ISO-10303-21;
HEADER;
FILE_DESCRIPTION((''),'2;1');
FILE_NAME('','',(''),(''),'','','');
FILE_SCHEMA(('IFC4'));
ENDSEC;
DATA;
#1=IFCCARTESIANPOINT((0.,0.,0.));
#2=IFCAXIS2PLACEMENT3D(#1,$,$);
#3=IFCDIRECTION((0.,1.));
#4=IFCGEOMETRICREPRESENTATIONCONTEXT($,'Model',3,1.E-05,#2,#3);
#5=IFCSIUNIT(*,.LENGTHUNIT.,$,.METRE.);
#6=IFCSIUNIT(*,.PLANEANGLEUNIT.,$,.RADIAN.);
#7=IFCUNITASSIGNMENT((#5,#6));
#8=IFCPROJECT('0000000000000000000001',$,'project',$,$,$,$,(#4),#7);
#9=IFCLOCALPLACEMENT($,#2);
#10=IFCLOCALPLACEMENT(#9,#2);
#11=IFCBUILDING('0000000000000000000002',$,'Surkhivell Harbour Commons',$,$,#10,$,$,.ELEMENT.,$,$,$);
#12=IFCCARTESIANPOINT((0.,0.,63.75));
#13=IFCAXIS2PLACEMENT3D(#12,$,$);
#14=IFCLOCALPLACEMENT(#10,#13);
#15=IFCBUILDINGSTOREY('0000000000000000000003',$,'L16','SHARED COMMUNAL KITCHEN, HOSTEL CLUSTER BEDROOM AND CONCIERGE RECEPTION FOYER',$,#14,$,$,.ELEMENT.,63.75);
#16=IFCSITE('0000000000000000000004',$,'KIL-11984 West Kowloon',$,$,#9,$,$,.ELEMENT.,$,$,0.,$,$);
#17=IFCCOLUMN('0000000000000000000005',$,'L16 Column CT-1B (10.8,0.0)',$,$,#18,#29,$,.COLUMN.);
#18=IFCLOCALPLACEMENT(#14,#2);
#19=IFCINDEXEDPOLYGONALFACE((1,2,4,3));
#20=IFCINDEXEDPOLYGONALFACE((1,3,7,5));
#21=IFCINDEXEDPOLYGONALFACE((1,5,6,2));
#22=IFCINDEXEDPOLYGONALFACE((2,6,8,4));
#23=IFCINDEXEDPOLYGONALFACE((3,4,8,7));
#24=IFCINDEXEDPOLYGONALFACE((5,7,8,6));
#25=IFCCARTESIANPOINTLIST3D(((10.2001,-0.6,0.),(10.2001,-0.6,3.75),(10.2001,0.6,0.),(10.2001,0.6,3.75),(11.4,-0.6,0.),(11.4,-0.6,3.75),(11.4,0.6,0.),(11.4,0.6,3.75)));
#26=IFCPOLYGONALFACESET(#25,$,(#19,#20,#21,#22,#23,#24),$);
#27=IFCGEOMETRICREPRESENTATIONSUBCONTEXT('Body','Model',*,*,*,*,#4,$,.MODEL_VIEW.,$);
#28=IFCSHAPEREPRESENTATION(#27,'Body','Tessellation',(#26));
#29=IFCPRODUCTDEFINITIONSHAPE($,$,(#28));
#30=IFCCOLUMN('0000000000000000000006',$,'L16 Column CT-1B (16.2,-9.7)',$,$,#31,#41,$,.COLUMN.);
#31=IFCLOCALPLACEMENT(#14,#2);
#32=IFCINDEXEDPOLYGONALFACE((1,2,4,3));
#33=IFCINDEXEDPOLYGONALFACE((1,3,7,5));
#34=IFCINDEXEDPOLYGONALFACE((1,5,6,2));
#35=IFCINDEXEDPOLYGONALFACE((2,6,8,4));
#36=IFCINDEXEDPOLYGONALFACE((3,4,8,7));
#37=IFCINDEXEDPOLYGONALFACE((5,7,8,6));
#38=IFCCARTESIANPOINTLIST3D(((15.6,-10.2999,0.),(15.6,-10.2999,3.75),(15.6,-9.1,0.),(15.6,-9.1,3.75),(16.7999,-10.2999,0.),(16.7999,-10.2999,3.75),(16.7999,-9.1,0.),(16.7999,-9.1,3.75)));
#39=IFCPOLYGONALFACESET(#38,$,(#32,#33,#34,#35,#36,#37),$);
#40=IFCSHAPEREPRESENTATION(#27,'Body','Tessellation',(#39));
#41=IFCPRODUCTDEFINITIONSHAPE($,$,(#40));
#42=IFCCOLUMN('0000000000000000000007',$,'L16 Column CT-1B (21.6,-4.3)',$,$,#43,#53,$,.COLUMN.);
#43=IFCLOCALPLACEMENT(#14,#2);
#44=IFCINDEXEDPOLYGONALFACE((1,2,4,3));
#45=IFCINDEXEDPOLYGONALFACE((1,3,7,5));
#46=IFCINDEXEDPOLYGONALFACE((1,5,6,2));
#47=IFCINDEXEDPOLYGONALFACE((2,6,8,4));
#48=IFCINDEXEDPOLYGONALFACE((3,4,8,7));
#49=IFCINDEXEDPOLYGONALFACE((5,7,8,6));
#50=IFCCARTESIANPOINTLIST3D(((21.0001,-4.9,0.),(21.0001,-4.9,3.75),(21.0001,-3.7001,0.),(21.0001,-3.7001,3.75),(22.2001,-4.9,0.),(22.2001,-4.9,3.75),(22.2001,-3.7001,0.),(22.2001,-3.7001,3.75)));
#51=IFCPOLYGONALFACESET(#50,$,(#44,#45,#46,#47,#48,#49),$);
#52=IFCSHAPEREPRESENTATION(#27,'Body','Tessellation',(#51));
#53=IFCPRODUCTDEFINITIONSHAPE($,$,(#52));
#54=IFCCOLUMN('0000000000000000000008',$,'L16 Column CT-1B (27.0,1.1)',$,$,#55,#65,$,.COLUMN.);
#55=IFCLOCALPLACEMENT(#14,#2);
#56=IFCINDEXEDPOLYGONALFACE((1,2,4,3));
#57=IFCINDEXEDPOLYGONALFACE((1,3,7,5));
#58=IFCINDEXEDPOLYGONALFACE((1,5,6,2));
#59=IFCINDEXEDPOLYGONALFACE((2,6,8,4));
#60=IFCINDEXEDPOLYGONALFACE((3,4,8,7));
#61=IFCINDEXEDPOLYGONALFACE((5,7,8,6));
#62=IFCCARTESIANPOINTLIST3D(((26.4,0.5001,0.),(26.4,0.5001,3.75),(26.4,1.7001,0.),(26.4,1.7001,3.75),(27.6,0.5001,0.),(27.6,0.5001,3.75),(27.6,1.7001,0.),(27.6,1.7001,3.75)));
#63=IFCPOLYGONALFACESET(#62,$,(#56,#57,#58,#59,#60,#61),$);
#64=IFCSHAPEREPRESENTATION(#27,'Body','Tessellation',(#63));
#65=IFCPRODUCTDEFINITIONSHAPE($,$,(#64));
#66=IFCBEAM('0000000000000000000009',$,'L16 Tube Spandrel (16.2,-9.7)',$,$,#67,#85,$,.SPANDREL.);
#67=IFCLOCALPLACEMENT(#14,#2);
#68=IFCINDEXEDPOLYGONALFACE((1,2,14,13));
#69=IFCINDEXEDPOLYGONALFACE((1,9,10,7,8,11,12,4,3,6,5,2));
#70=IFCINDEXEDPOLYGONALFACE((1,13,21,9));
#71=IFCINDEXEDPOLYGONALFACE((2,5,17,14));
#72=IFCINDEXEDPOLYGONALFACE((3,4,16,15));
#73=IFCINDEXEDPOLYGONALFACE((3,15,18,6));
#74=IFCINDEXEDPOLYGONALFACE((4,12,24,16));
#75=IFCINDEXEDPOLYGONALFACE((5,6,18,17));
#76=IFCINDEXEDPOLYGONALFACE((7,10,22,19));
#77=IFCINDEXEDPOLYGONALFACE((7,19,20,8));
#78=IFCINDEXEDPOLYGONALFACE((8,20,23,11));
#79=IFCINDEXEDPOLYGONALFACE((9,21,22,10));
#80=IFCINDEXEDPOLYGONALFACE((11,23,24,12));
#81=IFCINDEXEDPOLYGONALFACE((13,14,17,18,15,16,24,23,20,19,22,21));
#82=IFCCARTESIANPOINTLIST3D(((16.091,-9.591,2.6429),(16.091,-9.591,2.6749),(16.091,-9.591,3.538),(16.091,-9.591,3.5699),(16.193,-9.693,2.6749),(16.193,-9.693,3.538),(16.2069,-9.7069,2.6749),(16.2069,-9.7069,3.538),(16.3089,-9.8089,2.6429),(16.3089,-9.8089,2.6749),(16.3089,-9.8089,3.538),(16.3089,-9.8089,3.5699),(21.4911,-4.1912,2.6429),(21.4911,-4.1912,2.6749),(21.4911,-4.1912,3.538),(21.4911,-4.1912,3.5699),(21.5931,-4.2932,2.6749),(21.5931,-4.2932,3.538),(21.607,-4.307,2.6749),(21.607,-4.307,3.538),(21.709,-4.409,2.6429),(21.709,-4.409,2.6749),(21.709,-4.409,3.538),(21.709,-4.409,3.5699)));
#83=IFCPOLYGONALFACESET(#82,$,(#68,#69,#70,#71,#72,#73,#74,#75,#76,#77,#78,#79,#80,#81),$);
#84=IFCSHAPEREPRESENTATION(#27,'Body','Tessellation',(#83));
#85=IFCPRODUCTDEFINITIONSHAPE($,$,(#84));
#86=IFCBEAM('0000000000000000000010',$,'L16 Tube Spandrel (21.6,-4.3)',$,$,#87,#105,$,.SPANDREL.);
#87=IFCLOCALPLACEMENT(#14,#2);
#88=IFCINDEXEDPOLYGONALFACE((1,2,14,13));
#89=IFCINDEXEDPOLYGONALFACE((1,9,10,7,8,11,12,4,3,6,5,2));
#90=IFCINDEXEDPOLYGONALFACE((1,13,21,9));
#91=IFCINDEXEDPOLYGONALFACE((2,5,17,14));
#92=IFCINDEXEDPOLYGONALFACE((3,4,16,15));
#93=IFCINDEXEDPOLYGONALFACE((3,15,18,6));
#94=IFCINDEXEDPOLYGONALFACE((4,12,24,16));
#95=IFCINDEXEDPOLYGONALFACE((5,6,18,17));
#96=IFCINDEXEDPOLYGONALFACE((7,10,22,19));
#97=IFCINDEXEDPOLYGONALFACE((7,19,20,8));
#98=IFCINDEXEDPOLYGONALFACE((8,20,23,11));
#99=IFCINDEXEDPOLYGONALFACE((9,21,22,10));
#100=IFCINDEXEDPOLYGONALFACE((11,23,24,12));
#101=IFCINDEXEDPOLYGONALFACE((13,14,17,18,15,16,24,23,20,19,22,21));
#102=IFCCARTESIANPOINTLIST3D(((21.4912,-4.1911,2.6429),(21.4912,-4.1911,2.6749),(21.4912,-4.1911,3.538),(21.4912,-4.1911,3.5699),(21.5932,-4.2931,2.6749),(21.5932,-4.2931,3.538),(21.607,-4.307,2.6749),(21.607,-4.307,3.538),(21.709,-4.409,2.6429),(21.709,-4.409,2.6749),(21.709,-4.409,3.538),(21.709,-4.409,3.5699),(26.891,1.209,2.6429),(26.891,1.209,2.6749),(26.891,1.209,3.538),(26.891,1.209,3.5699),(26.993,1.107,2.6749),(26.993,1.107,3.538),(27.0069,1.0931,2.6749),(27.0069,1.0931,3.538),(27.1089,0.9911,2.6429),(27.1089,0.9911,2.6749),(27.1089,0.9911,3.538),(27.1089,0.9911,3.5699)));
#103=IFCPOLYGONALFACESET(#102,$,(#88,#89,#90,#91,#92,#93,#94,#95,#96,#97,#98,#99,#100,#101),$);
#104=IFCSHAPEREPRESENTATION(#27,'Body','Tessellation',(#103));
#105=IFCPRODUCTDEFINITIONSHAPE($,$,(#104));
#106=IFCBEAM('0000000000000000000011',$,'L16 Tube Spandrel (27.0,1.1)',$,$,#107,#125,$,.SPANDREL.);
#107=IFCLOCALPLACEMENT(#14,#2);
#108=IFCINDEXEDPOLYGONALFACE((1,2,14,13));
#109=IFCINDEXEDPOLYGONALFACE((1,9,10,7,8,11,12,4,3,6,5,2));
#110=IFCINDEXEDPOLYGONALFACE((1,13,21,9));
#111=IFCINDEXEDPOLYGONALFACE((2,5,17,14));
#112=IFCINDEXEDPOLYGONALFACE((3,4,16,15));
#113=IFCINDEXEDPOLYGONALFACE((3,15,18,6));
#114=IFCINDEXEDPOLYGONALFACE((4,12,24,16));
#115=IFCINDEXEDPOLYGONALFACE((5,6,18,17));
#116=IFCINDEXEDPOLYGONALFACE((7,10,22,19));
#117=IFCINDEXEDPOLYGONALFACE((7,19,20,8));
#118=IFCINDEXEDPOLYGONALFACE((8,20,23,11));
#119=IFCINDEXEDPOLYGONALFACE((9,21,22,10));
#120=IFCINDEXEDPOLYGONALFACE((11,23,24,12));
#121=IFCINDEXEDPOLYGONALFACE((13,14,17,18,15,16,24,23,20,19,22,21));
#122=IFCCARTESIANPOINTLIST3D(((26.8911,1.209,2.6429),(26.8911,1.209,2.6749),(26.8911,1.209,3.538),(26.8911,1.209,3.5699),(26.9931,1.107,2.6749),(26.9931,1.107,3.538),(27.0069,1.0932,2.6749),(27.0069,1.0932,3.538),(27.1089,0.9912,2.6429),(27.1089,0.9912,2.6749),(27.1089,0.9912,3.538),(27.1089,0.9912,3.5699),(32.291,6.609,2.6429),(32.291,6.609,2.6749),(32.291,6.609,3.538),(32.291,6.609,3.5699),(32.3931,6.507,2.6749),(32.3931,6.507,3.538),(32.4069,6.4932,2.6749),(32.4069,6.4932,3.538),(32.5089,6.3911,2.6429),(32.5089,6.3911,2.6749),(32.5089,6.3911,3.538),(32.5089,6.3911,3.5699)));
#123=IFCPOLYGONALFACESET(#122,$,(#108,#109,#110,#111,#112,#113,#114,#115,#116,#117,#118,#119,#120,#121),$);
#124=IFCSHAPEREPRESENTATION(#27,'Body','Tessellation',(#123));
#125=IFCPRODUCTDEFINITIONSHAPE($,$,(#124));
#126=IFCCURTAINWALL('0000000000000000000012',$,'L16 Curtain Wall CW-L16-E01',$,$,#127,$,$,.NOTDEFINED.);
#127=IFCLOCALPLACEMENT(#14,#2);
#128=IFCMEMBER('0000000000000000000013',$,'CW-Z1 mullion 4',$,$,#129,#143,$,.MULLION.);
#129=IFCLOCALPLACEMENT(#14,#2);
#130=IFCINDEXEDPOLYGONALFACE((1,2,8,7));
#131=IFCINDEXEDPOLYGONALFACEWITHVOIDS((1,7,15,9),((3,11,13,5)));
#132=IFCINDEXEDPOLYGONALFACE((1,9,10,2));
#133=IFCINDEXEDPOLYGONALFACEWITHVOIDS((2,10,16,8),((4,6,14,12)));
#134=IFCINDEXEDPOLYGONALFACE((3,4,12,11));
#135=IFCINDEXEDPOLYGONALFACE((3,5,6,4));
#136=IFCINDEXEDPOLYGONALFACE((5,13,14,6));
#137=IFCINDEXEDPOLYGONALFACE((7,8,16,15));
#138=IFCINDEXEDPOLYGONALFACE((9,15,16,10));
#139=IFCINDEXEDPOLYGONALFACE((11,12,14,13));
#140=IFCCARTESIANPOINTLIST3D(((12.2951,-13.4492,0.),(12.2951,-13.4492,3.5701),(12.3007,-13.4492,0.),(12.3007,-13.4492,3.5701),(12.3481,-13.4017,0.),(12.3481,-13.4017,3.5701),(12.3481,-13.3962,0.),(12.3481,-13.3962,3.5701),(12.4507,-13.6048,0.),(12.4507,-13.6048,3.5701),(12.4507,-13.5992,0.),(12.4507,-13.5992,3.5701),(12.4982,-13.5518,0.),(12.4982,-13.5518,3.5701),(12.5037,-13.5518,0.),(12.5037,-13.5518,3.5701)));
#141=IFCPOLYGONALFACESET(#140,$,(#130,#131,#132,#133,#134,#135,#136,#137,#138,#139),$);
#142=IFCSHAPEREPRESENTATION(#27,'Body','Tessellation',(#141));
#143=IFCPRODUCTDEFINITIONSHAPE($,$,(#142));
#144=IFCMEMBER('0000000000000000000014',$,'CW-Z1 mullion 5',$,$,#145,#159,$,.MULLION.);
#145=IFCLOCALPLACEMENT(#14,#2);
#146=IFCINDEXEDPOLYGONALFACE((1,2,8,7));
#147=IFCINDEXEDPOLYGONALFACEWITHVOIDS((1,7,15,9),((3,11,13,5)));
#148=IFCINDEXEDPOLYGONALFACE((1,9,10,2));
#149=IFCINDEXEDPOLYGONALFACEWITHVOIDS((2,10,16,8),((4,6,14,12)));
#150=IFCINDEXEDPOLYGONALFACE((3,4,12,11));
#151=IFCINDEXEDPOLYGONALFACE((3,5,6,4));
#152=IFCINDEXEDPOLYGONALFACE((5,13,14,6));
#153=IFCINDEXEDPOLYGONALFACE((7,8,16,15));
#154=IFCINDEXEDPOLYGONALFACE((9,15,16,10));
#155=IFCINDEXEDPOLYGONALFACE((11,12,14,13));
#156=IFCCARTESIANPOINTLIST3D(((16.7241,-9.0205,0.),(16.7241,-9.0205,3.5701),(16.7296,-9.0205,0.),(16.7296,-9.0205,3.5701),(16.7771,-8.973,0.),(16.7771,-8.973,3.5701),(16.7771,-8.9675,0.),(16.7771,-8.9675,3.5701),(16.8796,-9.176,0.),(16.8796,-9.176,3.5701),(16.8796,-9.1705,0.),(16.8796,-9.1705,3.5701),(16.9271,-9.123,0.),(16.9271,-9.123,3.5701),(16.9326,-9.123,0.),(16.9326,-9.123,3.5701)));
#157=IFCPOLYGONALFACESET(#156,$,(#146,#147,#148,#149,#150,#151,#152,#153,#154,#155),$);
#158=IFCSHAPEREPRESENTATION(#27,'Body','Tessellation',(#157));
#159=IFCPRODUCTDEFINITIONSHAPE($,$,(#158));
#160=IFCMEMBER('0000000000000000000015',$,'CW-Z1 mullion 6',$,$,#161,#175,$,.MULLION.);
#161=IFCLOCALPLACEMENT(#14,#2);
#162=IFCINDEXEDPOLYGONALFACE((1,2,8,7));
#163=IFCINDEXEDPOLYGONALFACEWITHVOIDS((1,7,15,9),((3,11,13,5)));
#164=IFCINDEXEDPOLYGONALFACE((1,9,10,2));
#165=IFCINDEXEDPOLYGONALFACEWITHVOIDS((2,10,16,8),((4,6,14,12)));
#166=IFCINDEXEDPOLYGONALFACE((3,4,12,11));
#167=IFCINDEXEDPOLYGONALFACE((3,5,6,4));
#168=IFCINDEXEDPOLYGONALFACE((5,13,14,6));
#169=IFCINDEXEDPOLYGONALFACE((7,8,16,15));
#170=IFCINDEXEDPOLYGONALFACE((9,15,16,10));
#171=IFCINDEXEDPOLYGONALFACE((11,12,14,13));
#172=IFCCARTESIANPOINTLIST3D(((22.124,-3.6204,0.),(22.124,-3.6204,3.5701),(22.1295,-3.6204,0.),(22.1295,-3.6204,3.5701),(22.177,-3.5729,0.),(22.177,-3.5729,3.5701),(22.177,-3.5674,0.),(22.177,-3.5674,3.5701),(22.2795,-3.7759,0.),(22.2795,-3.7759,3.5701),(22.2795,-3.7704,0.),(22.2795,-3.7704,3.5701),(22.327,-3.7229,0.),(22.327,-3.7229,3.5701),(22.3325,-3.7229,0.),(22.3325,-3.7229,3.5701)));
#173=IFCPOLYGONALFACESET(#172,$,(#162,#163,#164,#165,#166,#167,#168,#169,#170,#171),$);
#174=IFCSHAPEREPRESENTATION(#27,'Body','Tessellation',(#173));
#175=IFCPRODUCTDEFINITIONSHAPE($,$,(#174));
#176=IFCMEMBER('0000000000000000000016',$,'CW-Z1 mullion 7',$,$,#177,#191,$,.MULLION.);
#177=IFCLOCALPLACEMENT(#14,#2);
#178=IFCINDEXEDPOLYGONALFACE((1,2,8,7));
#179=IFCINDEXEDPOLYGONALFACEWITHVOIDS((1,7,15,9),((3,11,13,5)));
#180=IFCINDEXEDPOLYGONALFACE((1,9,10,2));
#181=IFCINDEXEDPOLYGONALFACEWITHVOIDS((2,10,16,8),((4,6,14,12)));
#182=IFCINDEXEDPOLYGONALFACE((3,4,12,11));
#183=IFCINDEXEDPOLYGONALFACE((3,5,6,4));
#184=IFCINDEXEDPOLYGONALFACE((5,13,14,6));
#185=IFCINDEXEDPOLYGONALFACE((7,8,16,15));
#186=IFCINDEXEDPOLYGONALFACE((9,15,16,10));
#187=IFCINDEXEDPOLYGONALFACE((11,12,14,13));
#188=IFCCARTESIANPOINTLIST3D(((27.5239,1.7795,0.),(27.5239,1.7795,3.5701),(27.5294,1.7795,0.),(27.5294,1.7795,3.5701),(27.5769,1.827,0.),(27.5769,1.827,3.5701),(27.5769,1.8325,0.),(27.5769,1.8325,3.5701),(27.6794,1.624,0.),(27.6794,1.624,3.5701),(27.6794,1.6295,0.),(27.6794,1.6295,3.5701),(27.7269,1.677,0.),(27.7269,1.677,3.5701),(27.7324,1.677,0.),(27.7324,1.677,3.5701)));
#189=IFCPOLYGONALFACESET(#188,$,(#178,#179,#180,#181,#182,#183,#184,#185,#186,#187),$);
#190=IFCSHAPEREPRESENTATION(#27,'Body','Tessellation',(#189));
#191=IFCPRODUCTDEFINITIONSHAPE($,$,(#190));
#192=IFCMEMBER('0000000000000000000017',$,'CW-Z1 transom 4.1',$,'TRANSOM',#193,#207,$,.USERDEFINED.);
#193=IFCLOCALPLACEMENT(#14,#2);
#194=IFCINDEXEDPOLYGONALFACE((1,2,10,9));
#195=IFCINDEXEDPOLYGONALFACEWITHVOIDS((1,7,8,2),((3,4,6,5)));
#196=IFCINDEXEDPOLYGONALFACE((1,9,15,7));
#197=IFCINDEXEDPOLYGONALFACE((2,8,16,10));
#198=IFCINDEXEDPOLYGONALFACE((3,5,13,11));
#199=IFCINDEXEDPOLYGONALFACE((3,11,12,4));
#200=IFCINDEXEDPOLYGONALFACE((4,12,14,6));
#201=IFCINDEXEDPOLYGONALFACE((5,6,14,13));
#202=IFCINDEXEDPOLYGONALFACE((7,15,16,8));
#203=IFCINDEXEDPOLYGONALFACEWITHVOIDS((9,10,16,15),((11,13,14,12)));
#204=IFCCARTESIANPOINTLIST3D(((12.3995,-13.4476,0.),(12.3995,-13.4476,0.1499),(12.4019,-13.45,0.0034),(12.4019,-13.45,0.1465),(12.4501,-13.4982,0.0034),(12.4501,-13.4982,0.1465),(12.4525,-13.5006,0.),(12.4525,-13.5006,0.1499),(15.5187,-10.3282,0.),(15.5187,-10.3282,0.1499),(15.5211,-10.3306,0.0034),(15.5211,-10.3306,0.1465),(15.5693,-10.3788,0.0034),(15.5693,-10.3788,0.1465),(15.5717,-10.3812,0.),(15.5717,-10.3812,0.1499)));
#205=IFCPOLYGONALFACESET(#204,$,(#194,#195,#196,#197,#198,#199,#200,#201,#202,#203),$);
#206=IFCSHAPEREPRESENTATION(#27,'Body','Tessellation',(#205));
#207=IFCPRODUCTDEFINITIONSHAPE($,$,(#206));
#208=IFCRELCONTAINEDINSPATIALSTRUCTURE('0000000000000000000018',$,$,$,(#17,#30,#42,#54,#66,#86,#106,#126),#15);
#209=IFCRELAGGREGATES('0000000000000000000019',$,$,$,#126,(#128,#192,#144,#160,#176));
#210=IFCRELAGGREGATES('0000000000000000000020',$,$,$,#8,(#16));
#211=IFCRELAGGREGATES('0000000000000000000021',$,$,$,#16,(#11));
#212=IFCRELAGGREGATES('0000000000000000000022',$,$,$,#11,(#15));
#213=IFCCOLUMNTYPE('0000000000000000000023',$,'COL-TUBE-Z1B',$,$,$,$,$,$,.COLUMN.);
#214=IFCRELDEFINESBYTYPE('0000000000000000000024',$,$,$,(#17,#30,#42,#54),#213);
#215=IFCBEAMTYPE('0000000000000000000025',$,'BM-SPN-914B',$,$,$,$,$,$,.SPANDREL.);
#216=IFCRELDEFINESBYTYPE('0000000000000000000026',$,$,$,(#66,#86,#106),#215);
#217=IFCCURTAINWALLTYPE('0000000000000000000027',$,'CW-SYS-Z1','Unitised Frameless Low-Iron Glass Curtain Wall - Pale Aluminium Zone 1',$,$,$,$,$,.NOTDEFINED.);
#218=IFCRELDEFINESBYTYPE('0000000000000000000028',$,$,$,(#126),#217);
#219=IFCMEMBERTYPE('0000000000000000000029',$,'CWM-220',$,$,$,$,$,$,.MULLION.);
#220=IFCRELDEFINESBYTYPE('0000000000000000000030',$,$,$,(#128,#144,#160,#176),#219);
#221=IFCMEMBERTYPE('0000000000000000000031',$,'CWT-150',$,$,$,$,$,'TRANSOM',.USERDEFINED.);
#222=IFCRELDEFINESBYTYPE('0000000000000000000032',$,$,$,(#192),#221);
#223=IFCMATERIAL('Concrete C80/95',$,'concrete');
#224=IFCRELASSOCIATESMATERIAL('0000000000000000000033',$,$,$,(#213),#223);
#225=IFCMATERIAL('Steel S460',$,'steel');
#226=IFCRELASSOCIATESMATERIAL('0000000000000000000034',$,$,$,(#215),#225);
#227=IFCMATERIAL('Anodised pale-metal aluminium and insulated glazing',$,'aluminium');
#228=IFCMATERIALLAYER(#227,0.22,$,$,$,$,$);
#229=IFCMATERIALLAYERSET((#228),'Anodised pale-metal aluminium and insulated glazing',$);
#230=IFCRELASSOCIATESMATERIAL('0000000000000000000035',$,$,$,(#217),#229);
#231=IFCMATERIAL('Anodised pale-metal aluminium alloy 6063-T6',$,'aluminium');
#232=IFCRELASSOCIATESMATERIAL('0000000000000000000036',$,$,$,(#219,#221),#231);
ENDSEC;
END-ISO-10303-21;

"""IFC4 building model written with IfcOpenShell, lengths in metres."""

from ifc_helpers import new_model, si_unit, direction, frame, origin, origin_2d, place, context, subcontext, project, spatial, rectangle, hollow_rectangle, i_section, extrude, material, layer, layer_set, material_profile, profile_set, type_object, element, aggregate, save


model = new_model("IFC4")

# Units and contexts
model_context = context("Model", 3, precision=1e-05, world=origin(), true_north=direction((0.0, 1.0)))
body_context = subcontext(model_context, "Body", "Model", "MODEL_VIEW")
ifc_project = project(units=[si_unit("LENGTHUNIT", "METRE"), si_unit("PLANEANGLEUNIT", "RADIAN")], contexts=[model_context])

# Site, building, storey
site_placement = place(None, origin())
site = spatial("IfcSite", under=ifc_project, at=site_placement, Name="KIL-11984 West Kowloon", CompositionType="ELEMENT", RefElevation=0.0)
building_placement = place(site_placement, origin())
building = spatial("IfcBuilding", under=site, at=building_placement, Name="Surkhivell Harbour Commons", CompositionType="ELEMENT")
storey_placement = place(building_placement, frame((0.0, 0.0, 63.75)))
storey = spatial("IfcBuildingStorey", under=building, at=storey_placement, Name="L16", Description="SHARED COMMUNAL KITCHEN, HOSTEL CLUSTER BEDROOM AND CONCIERGE RECEPTION FOYER", CompositionType="ELEMENT", Elevation=63.75)

# Columns
ifc_material_1 = material(Name="Concrete C80/95", Category="concrete")
ifc_material_profile_1 = material_profile(ifc_material_1, rectangle(XDim=1.2, YDim=1.2, at=origin_2d()), Name="RC-COL-1200x1200")
ifc_profile_set_1 = profile_set([ifc_material_profile_1], Name="Concrete C80/95")
column_type = type_object("IfcColumnType", Name="COL-TUBE-Z1B", PredefinedType="COLUMN", material=ifc_profile_set_1)
for number, where, z_axis, x_axis, name in (
    (1, (10.8, 0.0, 0.0), (0.0, 0.0, 1.0), (1.0, 0.0, 0.0), "L16 Column CT-1B (10.8,0.0)"),
    (2, (16.2, -9.7, 0.0), (0.0, 0.0, 1.0), (1.0, 0.0, 0.0), "L16 Column CT-1B (16.2,-9.7)"),
    (3, (21.6001, -4.3, 0.0), (0.0, 0.0, 1.0), (1.0, 0.0, 0.0), "L16 Column CT-1B (21.6,-4.3)"),
    (4, (27.0, 1.1001, 0.0), (0.0, 0.0, 1.0), (1.0, 0.0, 0.0), "L16 Column CT-1B (27.0,1.1)"),
):
    element("IfcColumn", number, at=place(storey_placement, frame(where, z_axis=z_axis, x_axis=x_axis)), inside=storey, type_object=column_type, Name=name, PredefinedType="COLUMN", context=body_context, shape_type="SweptSolid", body=[
        extrude(rectangle(XDim=1.2, YDim=1.2, at=origin_2d()), origin(), (0.0, 0.0, 1.0), 3.75),
    ])

# Beams
ifc_material_2 = material(Name="Steel S460", Category="steel")
ifc_material_profile_2 = material_profile(ifc_material_2, i_section(OverallWidth=0.3081, OverallDepth=0.927, WebThickness=0.0195, FlangeThickness=0.032, at=origin_2d()), Name="UB914x305x289")
ifc_profile_set_2 = profile_set([ifc_material_profile_2], Name="Steel S460")
beam_type = type_object("IfcBeamType", Name="BM-SPN-914B", PredefinedType="SPANDREL", material=ifc_profile_set_2)
for number, where, z_axis, x_axis, name in (
    (5, (16.2, -9.7, 3.1064), (0.707123, 0.707091, 0.0), (-0.707091, 0.707123, 0.0), "L16 Tube Spandrel (16.2,-9.7)"),
    (6, (21.6001, -4.3, 3.1064), (0.707091, 0.707123, 0.0), (-0.707123, 0.707091, 0.0), "L16 Tube Spandrel (21.6,-4.3)"),
    (7, (27.0, 1.1001, 3.1064), (0.707107, 0.707107, 0.0), (-0.707107, 0.707107, 0.0), "L16 Tube Spandrel (27.0,1.1)"),
):
    element("IfcBeam", number, at=place(storey_placement, frame(where, z_axis=z_axis, x_axis=x_axis)), inside=storey, type_object=beam_type, Name=name, PredefinedType="SPANDREL", context=body_context, shape_type="SweptSolid", body=[
        extrude(i_section(OverallWidth=0.3081, OverallDepth=0.927, WebThickness=0.0195, FlangeThickness=0.032, at=origin_2d()), origin(), (0.0, 0.0, 1.0), 7.6367),
    ])

# Curtain wall, members
ifc_material_3 = material(Name="Anodised pale-metal aluminium and insulated glazing", Category="aluminium")
ifc_layer_1 = layer(ifc_material_3, 0.22)
ifc_layer_set_1 = layer_set([ifc_layer_1], Name="Anodised pale-metal aluminium and insulated glazing")
curtain_wall_type = type_object("IfcCurtainWallType", Name="CW-SYS-Z1", Description="Unitised Frameless Low-Iron Glass Curtain Wall - Pale Aluminium Zone 1", PredefinedType="NOTDEFINED", material=ifc_layer_set_1)
curtain_wall_placement = place(storey_placement, origin())
curtain_wall = element("IfcCurtainWall", 8, at=curtain_wall_placement, inside=storey, type_object=curtain_wall_type, Name="L16 Curtain Wall CW-L16-E01", PredefinedType="NOTDEFINED")
ifc_material_4 = material(Name="Anodised pale-metal aluminium alloy 6063-T6", Category="aluminium")
ifc_material_profile_3 = material_profile(ifc_material_4, hollow_rectangle(XDim=0.075, YDim=0.22, WallThickness=0.0039, at=origin_2d()), Name="ALU-MULL-75x220")
ifc_profile_set_3 = profile_set([ifc_material_profile_3], Name="Anodised pale-metal aluminium alloy 6063-T6")
member_type_1 = type_object("IfcMemberType", Name="CWM-220", PredefinedType="MULLION", material=ifc_profile_set_3)
member_1_placement = place(storey_placement, frame((12.3994, -13.5005, 0.0), z_axis=(0.0, 0.0, 1.0), x_axis=(0.707107, 0.707107, 0.0)))
member_1 = element("IfcMember", 9, at=member_1_placement, type_object=member_type_1, Name="CW-Z1 mullion 4", PredefinedType="MULLION", context=body_context, shape_type="SweptSolid", body=[
    extrude(hollow_rectangle(XDim=0.075, YDim=0.22, WallThickness=0.0039, at=origin_2d()), origin(), (0.0, 0.0, 1.0), 3.5701),
])
member_2_placement = place(storey_placement, frame((16.8284, -9.0718, 0.0), z_axis=(0.0, 0.0, 1.0), x_axis=(0.707107, 0.707107, 0.0)))
member_2 = element("IfcMember", 10, at=member_2_placement, type_object=member_type_1, Name="CW-Z1 mullion 5", PredefinedType="MULLION", context=body_context, shape_type="SweptSolid", body=[
    extrude(hollow_rectangle(XDim=0.075, YDim=0.22, WallThickness=0.0039, at=origin_2d()), origin(), (0.0, 0.0, 1.0), 3.5701),
])
member_3_placement = place(storey_placement, frame((22.2283, -3.6716, 0.0), z_axis=(0.0, 0.0, 1.0), x_axis=(0.707107, 0.707107, 0.0)))
member_3 = element("IfcMember", 11, at=member_3_placement, type_object=member_type_1, Name="CW-Z1 mullion 6", PredefinedType="MULLION", context=body_context, shape_type="SweptSolid", body=[
    extrude(hollow_rectangle(XDim=0.075, YDim=0.22, WallThickness=0.0039, at=origin_2d()), origin(), (0.0, 0.0, 1.0), 3.5701),
])
member_4_placement = place(storey_placement, frame((27.6282, 1.7283, 0.0), z_axis=(0.0, 0.0, 1.0), x_axis=(0.707107, 0.707107, 0.0)))
member_4 = element("IfcMember", 12, at=member_4_placement, type_object=member_type_1, Name="CW-Z1 mullion 7", PredefinedType="MULLION", context=body_context, shape_type="SweptSolid", body=[
    extrude(hollow_rectangle(XDim=0.075, YDim=0.22, WallThickness=0.0039, at=origin_2d()), origin(), (0.0, 0.0, 1.0), 3.5701),
])
ifc_material_profile_4 = material_profile(ifc_material_4, hollow_rectangle(XDim=0.075, YDim=0.1499, WallThickness=0.0034, at=origin_2d()), Name="ALU-TRAN-75x150")
ifc_profile_set_4 = profile_set([ifc_material_profile_4], Name="Anodised pale-metal aluminium alloy 6063-T6")
member_type_2 = type_object("IfcMemberType", Name="CWT-150", ElementType="TRANSOM", PredefinedType="USERDEFINED", material=ifc_profile_set_4)
member_5_placement = place(storey_placement, frame((12.426, -13.4741, 0.075), z_axis=(0.707079, 0.707134, 0.0), x_axis=(-0.707134, 0.707079, 0.0)))
member_5 = element("IfcMember", 13, at=member_5_placement, type_object=member_type_2, Name="CW-Z1 transom 4.1", ObjectType="TRANSOM", PredefinedType="USERDEFINED", context=body_context, shape_type="SweptSolid", body=[
    extrude(hollow_rectangle(XDim=0.075, YDim=0.1499, WallThickness=0.0034, at=origin_2d()), origin(), (0.0, 0.0, 1.0), 4.4114),
])
aggregate(curtain_wall, [member_1, member_5, member_2, member_3, member_4])

save(model, "model.ifc")
